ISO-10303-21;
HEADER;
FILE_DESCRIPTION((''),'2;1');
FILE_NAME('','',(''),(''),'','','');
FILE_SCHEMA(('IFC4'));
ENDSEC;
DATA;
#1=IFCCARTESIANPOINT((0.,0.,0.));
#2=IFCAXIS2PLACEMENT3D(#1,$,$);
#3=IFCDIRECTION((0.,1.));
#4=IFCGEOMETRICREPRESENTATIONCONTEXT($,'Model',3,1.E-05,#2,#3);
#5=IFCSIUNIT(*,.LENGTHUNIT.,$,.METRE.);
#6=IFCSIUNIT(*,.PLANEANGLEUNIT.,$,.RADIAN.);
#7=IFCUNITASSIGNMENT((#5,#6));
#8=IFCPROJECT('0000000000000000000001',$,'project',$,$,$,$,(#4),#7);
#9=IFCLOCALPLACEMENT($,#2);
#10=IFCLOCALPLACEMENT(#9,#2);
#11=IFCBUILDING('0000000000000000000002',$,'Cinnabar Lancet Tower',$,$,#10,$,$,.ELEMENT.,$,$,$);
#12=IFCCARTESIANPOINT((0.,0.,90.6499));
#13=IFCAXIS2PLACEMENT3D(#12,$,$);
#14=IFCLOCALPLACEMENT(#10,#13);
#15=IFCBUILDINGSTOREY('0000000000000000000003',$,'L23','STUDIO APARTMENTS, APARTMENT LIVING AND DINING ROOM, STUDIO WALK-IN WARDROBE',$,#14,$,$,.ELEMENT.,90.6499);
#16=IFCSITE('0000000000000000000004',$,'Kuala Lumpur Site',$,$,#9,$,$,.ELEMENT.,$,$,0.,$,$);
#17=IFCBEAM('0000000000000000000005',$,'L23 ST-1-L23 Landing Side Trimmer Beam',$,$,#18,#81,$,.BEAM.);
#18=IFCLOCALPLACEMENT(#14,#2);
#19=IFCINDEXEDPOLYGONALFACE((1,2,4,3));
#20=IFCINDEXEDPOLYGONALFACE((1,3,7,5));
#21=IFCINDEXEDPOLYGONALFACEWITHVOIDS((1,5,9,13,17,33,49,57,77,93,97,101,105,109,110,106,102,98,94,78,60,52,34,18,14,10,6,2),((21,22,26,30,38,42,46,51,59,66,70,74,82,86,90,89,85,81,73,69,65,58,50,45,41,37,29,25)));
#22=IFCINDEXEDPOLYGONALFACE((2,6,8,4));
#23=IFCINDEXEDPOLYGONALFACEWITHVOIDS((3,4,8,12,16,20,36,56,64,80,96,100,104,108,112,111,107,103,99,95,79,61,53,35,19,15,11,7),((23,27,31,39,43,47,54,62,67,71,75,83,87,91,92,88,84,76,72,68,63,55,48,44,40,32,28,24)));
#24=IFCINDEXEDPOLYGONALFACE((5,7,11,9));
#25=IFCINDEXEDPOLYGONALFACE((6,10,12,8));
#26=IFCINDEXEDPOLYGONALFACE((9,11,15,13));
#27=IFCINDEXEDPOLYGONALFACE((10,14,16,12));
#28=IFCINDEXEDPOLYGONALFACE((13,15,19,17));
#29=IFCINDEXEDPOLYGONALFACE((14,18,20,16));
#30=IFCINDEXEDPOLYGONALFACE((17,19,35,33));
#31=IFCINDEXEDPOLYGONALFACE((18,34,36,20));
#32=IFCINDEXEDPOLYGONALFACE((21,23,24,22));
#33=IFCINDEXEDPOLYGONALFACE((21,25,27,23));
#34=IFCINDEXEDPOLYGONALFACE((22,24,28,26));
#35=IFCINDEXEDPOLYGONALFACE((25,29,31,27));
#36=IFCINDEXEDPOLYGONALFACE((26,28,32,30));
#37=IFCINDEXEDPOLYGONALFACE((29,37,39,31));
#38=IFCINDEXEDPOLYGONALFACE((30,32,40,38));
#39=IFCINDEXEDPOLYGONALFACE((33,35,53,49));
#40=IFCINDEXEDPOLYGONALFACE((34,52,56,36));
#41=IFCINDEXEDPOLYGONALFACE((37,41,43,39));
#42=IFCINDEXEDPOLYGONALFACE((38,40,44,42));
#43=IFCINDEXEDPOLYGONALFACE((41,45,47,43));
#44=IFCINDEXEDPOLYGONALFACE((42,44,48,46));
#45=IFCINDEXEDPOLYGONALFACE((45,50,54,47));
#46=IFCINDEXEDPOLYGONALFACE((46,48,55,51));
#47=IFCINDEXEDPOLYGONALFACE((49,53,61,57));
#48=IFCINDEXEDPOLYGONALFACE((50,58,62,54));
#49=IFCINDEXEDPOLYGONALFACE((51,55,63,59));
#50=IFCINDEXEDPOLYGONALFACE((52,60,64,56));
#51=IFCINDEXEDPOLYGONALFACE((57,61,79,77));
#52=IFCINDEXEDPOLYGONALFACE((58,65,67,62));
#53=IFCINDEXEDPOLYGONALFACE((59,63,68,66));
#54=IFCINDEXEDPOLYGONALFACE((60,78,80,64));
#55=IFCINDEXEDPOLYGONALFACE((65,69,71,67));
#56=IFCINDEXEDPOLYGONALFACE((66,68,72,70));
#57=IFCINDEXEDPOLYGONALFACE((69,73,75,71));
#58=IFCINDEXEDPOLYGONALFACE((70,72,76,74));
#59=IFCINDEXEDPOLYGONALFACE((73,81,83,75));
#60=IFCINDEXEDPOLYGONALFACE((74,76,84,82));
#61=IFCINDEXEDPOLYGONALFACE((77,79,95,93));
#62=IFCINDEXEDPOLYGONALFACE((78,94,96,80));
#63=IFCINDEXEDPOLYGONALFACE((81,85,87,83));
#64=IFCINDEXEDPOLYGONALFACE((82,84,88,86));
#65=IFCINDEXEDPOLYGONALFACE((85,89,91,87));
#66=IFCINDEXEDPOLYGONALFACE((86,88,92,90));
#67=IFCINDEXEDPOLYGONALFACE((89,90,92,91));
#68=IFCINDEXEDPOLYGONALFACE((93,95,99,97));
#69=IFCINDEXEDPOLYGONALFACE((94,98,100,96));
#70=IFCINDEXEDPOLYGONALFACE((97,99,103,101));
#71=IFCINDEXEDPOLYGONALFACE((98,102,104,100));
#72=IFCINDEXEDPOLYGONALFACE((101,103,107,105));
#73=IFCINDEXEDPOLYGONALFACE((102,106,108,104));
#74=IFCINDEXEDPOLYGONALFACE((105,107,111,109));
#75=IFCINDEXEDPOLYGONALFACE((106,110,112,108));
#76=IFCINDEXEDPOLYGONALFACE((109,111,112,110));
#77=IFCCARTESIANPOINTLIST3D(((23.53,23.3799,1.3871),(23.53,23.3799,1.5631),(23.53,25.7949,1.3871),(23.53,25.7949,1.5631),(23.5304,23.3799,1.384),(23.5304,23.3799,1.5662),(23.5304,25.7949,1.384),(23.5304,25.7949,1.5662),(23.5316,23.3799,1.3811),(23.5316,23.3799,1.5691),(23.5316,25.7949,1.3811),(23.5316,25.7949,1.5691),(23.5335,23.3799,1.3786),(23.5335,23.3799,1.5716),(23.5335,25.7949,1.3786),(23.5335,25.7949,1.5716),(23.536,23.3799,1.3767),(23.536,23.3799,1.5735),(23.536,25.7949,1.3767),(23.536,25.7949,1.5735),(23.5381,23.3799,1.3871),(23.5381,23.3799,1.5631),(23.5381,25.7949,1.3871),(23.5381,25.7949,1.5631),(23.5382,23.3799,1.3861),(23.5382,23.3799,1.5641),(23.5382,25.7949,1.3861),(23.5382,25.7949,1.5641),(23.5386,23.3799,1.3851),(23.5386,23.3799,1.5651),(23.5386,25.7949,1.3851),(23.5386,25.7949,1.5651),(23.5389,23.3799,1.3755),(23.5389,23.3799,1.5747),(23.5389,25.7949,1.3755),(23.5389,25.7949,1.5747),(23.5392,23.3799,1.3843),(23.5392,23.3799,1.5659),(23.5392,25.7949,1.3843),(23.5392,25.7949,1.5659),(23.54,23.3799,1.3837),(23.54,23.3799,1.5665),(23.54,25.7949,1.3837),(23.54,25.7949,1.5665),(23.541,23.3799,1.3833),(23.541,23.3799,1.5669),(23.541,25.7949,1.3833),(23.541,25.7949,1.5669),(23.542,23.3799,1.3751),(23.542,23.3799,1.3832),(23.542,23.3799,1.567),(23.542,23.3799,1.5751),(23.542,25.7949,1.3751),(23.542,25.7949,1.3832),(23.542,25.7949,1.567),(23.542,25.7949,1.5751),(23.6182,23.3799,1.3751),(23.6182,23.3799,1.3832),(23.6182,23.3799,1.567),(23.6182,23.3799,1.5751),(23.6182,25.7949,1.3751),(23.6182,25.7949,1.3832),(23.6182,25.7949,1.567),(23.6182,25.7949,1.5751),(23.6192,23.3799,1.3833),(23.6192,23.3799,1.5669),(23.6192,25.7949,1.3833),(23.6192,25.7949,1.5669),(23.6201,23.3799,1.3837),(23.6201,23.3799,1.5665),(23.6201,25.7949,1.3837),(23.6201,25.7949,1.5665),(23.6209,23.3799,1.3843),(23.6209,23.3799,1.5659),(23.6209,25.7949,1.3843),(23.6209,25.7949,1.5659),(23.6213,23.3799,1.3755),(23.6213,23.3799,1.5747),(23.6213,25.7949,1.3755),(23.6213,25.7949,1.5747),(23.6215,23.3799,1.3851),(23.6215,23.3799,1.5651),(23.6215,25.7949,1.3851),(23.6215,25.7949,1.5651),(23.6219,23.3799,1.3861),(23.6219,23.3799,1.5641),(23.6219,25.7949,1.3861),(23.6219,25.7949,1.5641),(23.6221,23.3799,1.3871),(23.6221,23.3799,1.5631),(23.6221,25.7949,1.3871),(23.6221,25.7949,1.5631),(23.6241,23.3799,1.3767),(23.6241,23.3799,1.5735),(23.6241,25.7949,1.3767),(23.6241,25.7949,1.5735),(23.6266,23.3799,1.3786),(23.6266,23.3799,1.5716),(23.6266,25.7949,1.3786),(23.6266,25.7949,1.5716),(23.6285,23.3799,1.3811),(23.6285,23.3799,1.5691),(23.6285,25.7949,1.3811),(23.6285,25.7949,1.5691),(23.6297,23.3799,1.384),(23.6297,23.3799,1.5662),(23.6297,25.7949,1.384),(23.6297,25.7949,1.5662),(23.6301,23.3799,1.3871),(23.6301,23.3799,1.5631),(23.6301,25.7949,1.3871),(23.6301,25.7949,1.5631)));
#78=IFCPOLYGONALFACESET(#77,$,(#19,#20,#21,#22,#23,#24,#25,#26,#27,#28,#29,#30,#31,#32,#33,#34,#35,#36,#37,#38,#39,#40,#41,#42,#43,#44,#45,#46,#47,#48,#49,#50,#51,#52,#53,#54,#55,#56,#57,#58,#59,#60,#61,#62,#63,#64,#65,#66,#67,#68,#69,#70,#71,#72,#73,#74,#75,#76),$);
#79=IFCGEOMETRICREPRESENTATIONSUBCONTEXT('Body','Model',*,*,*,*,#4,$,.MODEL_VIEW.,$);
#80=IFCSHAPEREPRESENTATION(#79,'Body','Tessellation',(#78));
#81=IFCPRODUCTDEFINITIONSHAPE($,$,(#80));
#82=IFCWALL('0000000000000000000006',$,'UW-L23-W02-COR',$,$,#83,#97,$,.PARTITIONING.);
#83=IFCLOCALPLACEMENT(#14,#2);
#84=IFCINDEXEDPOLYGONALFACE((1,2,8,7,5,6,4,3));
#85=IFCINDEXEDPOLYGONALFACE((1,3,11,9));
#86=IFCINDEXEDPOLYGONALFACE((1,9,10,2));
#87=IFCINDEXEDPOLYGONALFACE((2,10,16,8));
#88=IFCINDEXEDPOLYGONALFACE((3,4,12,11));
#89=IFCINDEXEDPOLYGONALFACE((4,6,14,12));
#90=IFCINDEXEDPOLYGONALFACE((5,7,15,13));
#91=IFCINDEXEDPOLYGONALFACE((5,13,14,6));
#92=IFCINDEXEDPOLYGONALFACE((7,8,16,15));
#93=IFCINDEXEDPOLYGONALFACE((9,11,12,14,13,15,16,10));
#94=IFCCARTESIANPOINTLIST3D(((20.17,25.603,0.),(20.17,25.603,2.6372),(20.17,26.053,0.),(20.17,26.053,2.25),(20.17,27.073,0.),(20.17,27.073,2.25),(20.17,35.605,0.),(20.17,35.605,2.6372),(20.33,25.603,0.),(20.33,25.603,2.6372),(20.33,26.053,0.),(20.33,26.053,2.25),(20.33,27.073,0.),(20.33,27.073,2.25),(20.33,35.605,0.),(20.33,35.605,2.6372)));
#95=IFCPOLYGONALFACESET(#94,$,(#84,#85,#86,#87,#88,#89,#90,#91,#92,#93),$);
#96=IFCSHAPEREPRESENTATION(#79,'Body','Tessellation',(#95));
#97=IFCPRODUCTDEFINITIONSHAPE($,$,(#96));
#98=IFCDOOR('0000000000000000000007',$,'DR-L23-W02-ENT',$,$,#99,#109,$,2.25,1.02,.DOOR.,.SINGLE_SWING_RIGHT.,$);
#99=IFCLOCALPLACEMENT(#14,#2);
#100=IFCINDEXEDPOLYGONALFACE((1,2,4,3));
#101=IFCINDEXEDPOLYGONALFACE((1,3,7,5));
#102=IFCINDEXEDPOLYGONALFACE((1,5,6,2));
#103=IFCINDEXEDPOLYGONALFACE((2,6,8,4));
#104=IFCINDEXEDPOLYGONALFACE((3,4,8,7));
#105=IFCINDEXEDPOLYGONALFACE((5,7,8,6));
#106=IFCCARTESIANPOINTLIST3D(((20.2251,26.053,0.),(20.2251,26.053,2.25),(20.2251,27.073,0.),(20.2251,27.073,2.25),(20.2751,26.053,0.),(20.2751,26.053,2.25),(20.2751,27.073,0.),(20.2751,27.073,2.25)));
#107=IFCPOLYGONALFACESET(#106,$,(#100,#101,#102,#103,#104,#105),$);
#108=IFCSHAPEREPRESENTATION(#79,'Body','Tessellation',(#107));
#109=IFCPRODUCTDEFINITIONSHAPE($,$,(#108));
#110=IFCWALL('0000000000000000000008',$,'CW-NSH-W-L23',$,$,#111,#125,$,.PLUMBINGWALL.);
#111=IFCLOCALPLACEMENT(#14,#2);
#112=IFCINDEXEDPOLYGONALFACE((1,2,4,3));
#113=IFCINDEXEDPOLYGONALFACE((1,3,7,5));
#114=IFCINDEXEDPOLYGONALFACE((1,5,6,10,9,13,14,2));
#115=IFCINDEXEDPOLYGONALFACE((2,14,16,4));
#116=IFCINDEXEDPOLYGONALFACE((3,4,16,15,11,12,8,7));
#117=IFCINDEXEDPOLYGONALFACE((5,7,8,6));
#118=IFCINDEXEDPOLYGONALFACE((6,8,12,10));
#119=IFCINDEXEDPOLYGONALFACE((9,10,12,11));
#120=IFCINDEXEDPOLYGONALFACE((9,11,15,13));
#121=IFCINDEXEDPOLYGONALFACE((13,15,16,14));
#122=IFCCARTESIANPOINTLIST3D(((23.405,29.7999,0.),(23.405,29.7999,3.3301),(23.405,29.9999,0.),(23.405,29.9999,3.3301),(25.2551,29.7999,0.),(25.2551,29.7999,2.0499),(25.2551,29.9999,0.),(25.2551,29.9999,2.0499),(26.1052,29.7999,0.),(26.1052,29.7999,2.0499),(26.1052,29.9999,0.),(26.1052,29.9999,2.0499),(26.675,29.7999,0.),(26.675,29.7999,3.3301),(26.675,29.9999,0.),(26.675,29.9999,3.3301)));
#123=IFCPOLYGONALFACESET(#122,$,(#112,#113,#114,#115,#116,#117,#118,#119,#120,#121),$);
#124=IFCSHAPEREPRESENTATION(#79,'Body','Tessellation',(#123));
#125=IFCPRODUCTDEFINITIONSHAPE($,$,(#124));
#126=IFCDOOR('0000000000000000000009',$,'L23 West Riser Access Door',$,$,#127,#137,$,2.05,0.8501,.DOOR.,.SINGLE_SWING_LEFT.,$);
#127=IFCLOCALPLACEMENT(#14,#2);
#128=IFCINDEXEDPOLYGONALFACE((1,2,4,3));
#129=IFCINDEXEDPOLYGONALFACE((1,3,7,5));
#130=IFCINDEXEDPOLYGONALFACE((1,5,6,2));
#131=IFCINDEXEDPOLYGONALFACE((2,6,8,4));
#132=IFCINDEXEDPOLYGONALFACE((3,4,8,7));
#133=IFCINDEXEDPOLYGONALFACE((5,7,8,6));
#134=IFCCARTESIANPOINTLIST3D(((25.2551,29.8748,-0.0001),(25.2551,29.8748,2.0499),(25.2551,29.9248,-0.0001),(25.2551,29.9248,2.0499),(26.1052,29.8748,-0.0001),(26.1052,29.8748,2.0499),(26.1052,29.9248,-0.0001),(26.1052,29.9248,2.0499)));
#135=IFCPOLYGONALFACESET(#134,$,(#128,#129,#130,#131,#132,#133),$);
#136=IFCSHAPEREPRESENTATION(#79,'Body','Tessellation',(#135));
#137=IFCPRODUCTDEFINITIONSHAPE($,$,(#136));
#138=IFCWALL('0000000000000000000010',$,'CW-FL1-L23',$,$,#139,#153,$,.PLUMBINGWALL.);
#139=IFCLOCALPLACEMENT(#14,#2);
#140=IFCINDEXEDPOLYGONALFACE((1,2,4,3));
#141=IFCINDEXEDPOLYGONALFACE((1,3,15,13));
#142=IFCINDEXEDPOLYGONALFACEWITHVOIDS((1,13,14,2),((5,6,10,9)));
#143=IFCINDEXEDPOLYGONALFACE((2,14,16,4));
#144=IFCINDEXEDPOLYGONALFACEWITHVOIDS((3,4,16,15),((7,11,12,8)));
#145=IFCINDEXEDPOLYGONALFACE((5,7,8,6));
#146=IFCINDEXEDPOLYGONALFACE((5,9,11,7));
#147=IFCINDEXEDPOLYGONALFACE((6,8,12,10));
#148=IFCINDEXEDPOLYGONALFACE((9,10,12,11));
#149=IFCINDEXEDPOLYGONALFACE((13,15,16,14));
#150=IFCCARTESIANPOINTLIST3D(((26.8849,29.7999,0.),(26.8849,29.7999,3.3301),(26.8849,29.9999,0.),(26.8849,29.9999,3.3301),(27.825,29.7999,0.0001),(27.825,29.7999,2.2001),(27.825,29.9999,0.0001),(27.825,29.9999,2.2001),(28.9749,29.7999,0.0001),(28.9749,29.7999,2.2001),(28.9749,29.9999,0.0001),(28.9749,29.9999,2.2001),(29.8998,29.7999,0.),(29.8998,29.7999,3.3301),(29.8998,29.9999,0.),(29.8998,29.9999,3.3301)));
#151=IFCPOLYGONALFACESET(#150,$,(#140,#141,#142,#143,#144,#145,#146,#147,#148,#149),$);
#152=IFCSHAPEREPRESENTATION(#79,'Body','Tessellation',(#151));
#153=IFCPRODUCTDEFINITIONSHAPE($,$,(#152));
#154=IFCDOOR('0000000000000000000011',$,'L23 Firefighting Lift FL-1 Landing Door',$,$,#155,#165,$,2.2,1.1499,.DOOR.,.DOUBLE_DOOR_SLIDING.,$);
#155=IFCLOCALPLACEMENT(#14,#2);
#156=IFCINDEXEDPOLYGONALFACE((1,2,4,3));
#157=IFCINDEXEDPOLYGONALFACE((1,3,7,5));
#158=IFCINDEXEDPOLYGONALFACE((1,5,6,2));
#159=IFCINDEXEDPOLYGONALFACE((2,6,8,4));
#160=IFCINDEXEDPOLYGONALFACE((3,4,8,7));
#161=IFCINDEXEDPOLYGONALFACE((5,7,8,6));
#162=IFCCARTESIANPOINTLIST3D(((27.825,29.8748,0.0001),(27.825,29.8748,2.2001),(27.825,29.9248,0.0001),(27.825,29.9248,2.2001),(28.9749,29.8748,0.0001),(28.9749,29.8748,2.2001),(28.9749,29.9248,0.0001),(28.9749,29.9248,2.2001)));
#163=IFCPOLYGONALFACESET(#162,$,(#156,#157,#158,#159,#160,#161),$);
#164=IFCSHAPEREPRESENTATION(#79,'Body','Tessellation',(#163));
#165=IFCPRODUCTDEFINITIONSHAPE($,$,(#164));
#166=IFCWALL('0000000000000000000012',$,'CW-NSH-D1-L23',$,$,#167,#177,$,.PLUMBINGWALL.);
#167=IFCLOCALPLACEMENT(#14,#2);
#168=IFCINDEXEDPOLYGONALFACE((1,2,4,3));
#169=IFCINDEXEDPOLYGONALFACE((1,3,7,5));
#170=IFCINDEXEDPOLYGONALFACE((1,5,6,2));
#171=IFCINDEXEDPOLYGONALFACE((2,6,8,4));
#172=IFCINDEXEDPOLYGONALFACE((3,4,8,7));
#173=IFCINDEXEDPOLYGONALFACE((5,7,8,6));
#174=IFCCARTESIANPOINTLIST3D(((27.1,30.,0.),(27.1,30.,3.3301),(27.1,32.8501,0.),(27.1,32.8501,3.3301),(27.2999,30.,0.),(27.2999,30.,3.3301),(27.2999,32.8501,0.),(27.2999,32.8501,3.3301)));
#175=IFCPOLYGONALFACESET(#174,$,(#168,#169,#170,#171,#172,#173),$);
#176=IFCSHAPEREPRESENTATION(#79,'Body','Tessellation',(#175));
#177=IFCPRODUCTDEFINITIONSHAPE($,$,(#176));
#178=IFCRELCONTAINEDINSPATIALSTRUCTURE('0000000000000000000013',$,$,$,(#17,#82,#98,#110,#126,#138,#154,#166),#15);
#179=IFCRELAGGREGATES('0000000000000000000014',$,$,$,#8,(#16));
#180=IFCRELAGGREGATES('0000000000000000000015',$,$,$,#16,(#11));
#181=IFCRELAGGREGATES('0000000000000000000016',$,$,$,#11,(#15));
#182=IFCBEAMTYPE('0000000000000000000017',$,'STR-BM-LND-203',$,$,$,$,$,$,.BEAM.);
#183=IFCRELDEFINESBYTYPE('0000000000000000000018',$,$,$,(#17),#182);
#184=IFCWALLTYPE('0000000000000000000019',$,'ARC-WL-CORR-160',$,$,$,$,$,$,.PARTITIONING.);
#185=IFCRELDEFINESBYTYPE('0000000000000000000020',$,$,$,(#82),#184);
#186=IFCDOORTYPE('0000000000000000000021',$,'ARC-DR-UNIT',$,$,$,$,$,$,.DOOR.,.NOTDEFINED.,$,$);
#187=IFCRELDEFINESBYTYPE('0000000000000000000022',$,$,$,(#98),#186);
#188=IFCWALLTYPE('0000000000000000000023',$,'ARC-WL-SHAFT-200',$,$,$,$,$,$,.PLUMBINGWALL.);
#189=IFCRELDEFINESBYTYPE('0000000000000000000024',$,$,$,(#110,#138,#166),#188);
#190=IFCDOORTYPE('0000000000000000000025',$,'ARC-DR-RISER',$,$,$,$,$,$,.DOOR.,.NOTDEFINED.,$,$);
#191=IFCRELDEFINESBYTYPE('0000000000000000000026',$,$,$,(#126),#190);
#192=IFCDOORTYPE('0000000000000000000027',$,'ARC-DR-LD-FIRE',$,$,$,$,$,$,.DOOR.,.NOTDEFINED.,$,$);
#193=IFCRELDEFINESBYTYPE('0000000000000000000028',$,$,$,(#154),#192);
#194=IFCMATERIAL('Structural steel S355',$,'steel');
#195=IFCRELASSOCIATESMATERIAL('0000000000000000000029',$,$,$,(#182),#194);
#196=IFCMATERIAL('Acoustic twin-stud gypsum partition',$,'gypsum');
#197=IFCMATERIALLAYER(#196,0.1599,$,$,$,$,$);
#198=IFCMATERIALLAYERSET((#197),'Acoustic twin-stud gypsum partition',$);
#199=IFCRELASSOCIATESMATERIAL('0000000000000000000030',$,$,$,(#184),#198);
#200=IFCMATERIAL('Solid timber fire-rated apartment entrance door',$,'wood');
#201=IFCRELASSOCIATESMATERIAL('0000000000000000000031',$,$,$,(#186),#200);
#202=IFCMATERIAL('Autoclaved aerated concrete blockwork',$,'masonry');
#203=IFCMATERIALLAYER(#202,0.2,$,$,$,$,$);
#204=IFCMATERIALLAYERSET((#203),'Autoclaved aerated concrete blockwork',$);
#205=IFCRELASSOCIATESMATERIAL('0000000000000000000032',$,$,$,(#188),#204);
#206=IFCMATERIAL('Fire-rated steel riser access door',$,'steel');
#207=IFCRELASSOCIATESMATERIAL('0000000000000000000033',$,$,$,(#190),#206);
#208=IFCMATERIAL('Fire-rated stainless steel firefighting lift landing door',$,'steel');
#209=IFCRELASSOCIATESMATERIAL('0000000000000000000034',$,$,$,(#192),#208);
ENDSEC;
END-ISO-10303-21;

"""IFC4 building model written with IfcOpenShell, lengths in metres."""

from ifc_helpers import new_model, si_unit, direction, frame, frame_2d, origin, origin_2d, place, context, subcontext, project, spatial, rectangle, hollow_rectangle, extrude, material, layer, layer_set, material_profile, profile_set, type_object, element, fill, save


model = new_model("IFC4")

# Units and contexts
model_context = context("Model", 3, precision=1e-05, world=origin(), true_north=direction((0.0, 1.0)))
body_context = subcontext(model_context, "Body", "Model", "MODEL_VIEW")
ifc_project = project(units=[si_unit("LENGTHUNIT", "METRE"), si_unit("PLANEANGLEUNIT", "RADIAN")], contexts=[model_context])

# Site, building, storey
site_placement = place(None, origin())
site = spatial("IfcSite", under=ifc_project, at=site_placement, Name="Kuala Lumpur Site", CompositionType="ELEMENT", RefElevation=0.0)
building_placement = place(site_placement, origin())
building = spatial("IfcBuilding", under=site, at=building_placement, Name="Cinnabar Lancet Tower", CompositionType="ELEMENT")
storey_placement = place(building_placement, frame((0.0, 0.0, 90.6499)))
storey = spatial("IfcBuildingStorey", under=building, at=storey_placement, Name="L23", Description="STUDIO APARTMENTS, APARTMENT LIVING AND DINING ROOM, STUDIO WALK-IN WARDROBE", CompositionType="ELEMENT", Elevation=90.6499)

# Beam
ifc_material_1 = material(Name="Structural steel S355", Category="steel")
ifc_material_profile_1 = material_profile(ifc_material_1, hollow_rectangle(XDim=0.1001, YDim=0.2, WallThickness=0.0081, InnerFilletRadius=0.0039, OuterFilletRadius=0.012, at=origin_2d()), Name="RHS 200x100x8")
ifc_profile_set_1 = profile_set([ifc_material_profile_1], Name="Structural steel S355")
beam_type_1 = type_object("IfcBeamType", Name="STR-BM-LND-203", PredefinedType="BEAM", material=ifc_profile_set_1)
beam_1_placement = place(storey_placement, frame((23.5801, 23.3799, 1.4751), z_axis=(0.0, 1.0, 0.0), x_axis=(-1.0, 0.0, 0.0)))
element("IfcBeam", 1, at=beam_1_placement, inside=storey, type_object=beam_type_1, Name="L23 ST-1-L23 Landing Side Trimmer Beam", PredefinedType="BEAM", context=body_context, shape_type="SweptSolid", body=[
    extrude(hollow_rectangle(XDim=0.1001, YDim=0.2, WallThickness=0.0081, InnerFilletRadius=0.0039, OuterFilletRadius=0.012, at=origin_2d()), origin(), (0.0, 0.0, 1.0), 2.415),
])

# Walls, openings, doors
ifc_material_2 = material(Name="Acoustic twin-stud gypsum partition", Category="gypsum")
ifc_layer_1 = layer(ifc_material_2, 0.1599)
ifc_layer_set_1 = layer_set([ifc_layer_1], Name="Acoustic twin-stud gypsum partition")
wall_type_1 = type_object("IfcWallType", Name="ARC-WL-CORR-160", PredefinedType="PARTITIONING", material=ifc_layer_set_1)
wall_1_placement = place(storey_placement, frame((20.25, 25.603, 0.0), z_axis=(0.0, 0.0, 1.0), x_axis=(0.0, 1.0, 0.0)))
wall_1 = element("IfcWall", 2, at=wall_1_placement, inside=storey, type_object=wall_type_1, Name="UW-L23-W02-COR", PredefinedType="PARTITIONING", context=body_context, shape_type="SweptSolid", body=[
    extrude(rectangle(XDim=10.002, YDim=0.1599, at=frame_2d((5.001, 0.0))), origin(), (0.0, 0.0, 1.0), 2.6372),
])
opening_1_placement = place(wall_1_placement, frame((0.45, 0.0, 0.0)))
opening_1 = element("IfcOpeningElement", 3, at=opening_1_placement, cuts=wall_1, PredefinedType="OPENING", context=body_context, shape_type="SweptSolid", body=[
    extrude(rectangle(XDim=1.02, YDim=2.25, at=frame_2d((0.51, 1.125))), frame((0.0, 0.0898, 0.0), z_axis=(0.0, -1.0, 0.0), x_axis=(1.0, 0.0, 0.0)), (0.0, 0.0, 1.0), 0.1799),
])
ifc_material_3 = material(Name="Solid timber fire-rated apartment entrance door", Category="wood")
door_type_1 = type_object("IfcDoorType", Name="ARC-DR-UNIT", OperationType="NOTDEFINED", PredefinedType="DOOR", material=ifc_material_3)
door_1_placement = place(opening_1_placement, origin())
door_1 = element("IfcDoor", 4, at=door_1_placement, inside=storey, type_object=door_type_1, Name="DR-L23-W02-ENT", OperationType="SINGLE_SWING_RIGHT", OverallHeight=2.25, OverallWidth=1.02, PredefinedType="DOOR", context=body_context, shape_type="SweptSolid", body=[
    extrude(rectangle(XDim=1.02, YDim=2.25, at=frame_2d((0.51, 1.125))), frame((0.0, 0.0249, 0.0), z_axis=(0.0, -1.0, 0.0), x_axis=(1.0, 0.0, 0.0)), (0.0, 0.0, 1.0), 0.05),
])
fill(opening_1, door_1)
ifc_material_4 = material(Name="Autoclaved aerated concrete blockwork", Category="masonry")
ifc_layer_2 = layer(ifc_material_4, 0.2)
ifc_layer_set_2 = layer_set([ifc_layer_2], Name="Autoclaved aerated concrete blockwork")
wall_type_2 = type_object("IfcWallType", Name="ARC-WL-SHAFT-200", PredefinedType="PLUMBINGWALL", material=ifc_layer_set_2)
wall_2_placement = place(storey_placement, frame((23.405, 29.8999, 0.0), z_axis=(0.0, 0.0, 1.0), x_axis=(1.0, 0.0, 0.0)))
wall_2 = element("IfcWall", 5, at=wall_2_placement, inside=storey, type_object=wall_type_2, Name="CW-NSH-W-L23", PredefinedType="PLUMBINGWALL", context=body_context, shape_type="SweptSolid", body=[
    extrude(rectangle(XDim=3.27, YDim=0.2, at=frame_2d((1.635, 0.0))), origin(), (0.0, 0.0, 1.0), 3.3301),
])
opening_2_placement = place(wall_2_placement, frame((1.8501, 0.0, 0.0)))
opening_2 = element("IfcOpeningElement", 6, at=opening_2_placement, cuts=wall_2, PredefinedType="OPENING", context=body_context, shape_type="SweptSolid", body=[
    extrude(rectangle(XDim=0.8501, YDim=2.05, at=frame_2d((0.425, 1.0249))), frame((0.0, 0.1099, 0.0), z_axis=(0.0, -1.0, 0.0), x_axis=(1.0, 0.0, 0.0)), (0.0, 0.0, 1.0), 0.22),
])
ifc_material_5 = material(Name="Fire-rated steel riser access door", Category="steel")
door_type_2 = type_object("IfcDoorType", Name="ARC-DR-RISER", OperationType="NOTDEFINED", PredefinedType="DOOR", material=ifc_material_5)
door_2_placement = place(opening_2_placement, origin())
door_2 = element("IfcDoor", 7, at=door_2_placement, inside=storey, type_object=door_type_2, Name="L23 West Riser Access Door", OperationType="SINGLE_SWING_LEFT", OverallHeight=2.05, OverallWidth=0.8501, PredefinedType="DOOR", context=body_context, shape_type="SweptSolid", body=[
    extrude(rectangle(XDim=0.8501, YDim=2.05, at=frame_2d((0.425, 1.0249))), frame((0.0, 0.0249, 0.0), z_axis=(0.0, -1.0, 0.0), x_axis=(1.0, 0.0, 0.0)), (0.0, 0.0, 1.0), 0.05),
])
fill(opening_2, door_2)
wall_3_placement = place(storey_placement, frame((26.885, 29.8999, 0.0), z_axis=(0.0, 0.0, 1.0), x_axis=(1.0, 0.0, 0.0)))
wall_3 = element("IfcWall", 8, at=wall_3_placement, inside=storey, type_object=wall_type_2, Name="CW-FL1-L23", PredefinedType="PLUMBINGWALL", context=body_context, shape_type="SweptSolid", body=[
    extrude(rectangle(XDim=3.0149, YDim=0.2, at=frame_2d((1.5073, 0.0))), origin(), (0.0, 0.0, 1.0), 3.3301),
])
opening_3_placement = place(wall_3_placement, frame((0.9399, 0.0, 0.0)))
opening_3 = element("IfcOpeningElement", 9, at=opening_3_placement, cuts=wall_3, PredefinedType="OPENING", context=body_context, shape_type="SweptSolid", body=[
    extrude(rectangle(XDim=1.1499, YDim=2.2, at=frame_2d((0.575, 1.1001))), frame((0.0, 0.1099, 0.0), z_axis=(0.0, -1.0, 0.0), x_axis=(1.0, 0.0, 0.0)), (0.0, 0.0, 1.0), 0.22),
])
ifc_material_6 = material(Name="Fire-rated stainless steel firefighting lift landing door", Category="steel")
door_type_3 = type_object("IfcDoorType", Name="ARC-DR-LD-FIRE", OperationType="NOTDEFINED", PredefinedType="DOOR", material=ifc_material_6)
door_3_placement = place(opening_3_placement, origin())
door_3 = element("IfcDoor", 10, at=door_3_placement, inside=storey, type_object=door_type_3, Name="L23 Firefighting Lift FL-1 Landing Door", OperationType="DOUBLE_DOOR_SLIDING", OverallHeight=2.2, OverallWidth=1.1499, PredefinedType="DOOR", context=body_context, shape_type="SweptSolid", body=[
    extrude(rectangle(XDim=1.1499, YDim=2.2, at=frame_2d((0.575, 1.1001))), frame((0.0, 0.0249, 0.0), z_axis=(0.0, -1.0, 0.0), x_axis=(1.0, 0.0, 0.0)), (0.0, 0.0, 1.0), 0.05),
])
fill(opening_3, door_3)

# Wall
wall_4_placement = place(storey_placement, frame((27.2, 30.0, 0.0), z_axis=(0.0, 0.0, 1.0), x_axis=(0.0, 1.0, 0.0)))
element("IfcWall", 11, at=wall_4_placement, inside=storey, type_object=wall_type_2, Name="CW-NSH-D1-L23", PredefinedType="PLUMBINGWALL", context=body_context, shape_type="SweptSolid", body=[
    extrude(rectangle(XDim=2.8501, YDim=0.2, at=frame_2d((1.425, 0.0))), origin(), (0.0, 0.0, 1.0), 3.3301),
])

save(model, "model.ifc")
